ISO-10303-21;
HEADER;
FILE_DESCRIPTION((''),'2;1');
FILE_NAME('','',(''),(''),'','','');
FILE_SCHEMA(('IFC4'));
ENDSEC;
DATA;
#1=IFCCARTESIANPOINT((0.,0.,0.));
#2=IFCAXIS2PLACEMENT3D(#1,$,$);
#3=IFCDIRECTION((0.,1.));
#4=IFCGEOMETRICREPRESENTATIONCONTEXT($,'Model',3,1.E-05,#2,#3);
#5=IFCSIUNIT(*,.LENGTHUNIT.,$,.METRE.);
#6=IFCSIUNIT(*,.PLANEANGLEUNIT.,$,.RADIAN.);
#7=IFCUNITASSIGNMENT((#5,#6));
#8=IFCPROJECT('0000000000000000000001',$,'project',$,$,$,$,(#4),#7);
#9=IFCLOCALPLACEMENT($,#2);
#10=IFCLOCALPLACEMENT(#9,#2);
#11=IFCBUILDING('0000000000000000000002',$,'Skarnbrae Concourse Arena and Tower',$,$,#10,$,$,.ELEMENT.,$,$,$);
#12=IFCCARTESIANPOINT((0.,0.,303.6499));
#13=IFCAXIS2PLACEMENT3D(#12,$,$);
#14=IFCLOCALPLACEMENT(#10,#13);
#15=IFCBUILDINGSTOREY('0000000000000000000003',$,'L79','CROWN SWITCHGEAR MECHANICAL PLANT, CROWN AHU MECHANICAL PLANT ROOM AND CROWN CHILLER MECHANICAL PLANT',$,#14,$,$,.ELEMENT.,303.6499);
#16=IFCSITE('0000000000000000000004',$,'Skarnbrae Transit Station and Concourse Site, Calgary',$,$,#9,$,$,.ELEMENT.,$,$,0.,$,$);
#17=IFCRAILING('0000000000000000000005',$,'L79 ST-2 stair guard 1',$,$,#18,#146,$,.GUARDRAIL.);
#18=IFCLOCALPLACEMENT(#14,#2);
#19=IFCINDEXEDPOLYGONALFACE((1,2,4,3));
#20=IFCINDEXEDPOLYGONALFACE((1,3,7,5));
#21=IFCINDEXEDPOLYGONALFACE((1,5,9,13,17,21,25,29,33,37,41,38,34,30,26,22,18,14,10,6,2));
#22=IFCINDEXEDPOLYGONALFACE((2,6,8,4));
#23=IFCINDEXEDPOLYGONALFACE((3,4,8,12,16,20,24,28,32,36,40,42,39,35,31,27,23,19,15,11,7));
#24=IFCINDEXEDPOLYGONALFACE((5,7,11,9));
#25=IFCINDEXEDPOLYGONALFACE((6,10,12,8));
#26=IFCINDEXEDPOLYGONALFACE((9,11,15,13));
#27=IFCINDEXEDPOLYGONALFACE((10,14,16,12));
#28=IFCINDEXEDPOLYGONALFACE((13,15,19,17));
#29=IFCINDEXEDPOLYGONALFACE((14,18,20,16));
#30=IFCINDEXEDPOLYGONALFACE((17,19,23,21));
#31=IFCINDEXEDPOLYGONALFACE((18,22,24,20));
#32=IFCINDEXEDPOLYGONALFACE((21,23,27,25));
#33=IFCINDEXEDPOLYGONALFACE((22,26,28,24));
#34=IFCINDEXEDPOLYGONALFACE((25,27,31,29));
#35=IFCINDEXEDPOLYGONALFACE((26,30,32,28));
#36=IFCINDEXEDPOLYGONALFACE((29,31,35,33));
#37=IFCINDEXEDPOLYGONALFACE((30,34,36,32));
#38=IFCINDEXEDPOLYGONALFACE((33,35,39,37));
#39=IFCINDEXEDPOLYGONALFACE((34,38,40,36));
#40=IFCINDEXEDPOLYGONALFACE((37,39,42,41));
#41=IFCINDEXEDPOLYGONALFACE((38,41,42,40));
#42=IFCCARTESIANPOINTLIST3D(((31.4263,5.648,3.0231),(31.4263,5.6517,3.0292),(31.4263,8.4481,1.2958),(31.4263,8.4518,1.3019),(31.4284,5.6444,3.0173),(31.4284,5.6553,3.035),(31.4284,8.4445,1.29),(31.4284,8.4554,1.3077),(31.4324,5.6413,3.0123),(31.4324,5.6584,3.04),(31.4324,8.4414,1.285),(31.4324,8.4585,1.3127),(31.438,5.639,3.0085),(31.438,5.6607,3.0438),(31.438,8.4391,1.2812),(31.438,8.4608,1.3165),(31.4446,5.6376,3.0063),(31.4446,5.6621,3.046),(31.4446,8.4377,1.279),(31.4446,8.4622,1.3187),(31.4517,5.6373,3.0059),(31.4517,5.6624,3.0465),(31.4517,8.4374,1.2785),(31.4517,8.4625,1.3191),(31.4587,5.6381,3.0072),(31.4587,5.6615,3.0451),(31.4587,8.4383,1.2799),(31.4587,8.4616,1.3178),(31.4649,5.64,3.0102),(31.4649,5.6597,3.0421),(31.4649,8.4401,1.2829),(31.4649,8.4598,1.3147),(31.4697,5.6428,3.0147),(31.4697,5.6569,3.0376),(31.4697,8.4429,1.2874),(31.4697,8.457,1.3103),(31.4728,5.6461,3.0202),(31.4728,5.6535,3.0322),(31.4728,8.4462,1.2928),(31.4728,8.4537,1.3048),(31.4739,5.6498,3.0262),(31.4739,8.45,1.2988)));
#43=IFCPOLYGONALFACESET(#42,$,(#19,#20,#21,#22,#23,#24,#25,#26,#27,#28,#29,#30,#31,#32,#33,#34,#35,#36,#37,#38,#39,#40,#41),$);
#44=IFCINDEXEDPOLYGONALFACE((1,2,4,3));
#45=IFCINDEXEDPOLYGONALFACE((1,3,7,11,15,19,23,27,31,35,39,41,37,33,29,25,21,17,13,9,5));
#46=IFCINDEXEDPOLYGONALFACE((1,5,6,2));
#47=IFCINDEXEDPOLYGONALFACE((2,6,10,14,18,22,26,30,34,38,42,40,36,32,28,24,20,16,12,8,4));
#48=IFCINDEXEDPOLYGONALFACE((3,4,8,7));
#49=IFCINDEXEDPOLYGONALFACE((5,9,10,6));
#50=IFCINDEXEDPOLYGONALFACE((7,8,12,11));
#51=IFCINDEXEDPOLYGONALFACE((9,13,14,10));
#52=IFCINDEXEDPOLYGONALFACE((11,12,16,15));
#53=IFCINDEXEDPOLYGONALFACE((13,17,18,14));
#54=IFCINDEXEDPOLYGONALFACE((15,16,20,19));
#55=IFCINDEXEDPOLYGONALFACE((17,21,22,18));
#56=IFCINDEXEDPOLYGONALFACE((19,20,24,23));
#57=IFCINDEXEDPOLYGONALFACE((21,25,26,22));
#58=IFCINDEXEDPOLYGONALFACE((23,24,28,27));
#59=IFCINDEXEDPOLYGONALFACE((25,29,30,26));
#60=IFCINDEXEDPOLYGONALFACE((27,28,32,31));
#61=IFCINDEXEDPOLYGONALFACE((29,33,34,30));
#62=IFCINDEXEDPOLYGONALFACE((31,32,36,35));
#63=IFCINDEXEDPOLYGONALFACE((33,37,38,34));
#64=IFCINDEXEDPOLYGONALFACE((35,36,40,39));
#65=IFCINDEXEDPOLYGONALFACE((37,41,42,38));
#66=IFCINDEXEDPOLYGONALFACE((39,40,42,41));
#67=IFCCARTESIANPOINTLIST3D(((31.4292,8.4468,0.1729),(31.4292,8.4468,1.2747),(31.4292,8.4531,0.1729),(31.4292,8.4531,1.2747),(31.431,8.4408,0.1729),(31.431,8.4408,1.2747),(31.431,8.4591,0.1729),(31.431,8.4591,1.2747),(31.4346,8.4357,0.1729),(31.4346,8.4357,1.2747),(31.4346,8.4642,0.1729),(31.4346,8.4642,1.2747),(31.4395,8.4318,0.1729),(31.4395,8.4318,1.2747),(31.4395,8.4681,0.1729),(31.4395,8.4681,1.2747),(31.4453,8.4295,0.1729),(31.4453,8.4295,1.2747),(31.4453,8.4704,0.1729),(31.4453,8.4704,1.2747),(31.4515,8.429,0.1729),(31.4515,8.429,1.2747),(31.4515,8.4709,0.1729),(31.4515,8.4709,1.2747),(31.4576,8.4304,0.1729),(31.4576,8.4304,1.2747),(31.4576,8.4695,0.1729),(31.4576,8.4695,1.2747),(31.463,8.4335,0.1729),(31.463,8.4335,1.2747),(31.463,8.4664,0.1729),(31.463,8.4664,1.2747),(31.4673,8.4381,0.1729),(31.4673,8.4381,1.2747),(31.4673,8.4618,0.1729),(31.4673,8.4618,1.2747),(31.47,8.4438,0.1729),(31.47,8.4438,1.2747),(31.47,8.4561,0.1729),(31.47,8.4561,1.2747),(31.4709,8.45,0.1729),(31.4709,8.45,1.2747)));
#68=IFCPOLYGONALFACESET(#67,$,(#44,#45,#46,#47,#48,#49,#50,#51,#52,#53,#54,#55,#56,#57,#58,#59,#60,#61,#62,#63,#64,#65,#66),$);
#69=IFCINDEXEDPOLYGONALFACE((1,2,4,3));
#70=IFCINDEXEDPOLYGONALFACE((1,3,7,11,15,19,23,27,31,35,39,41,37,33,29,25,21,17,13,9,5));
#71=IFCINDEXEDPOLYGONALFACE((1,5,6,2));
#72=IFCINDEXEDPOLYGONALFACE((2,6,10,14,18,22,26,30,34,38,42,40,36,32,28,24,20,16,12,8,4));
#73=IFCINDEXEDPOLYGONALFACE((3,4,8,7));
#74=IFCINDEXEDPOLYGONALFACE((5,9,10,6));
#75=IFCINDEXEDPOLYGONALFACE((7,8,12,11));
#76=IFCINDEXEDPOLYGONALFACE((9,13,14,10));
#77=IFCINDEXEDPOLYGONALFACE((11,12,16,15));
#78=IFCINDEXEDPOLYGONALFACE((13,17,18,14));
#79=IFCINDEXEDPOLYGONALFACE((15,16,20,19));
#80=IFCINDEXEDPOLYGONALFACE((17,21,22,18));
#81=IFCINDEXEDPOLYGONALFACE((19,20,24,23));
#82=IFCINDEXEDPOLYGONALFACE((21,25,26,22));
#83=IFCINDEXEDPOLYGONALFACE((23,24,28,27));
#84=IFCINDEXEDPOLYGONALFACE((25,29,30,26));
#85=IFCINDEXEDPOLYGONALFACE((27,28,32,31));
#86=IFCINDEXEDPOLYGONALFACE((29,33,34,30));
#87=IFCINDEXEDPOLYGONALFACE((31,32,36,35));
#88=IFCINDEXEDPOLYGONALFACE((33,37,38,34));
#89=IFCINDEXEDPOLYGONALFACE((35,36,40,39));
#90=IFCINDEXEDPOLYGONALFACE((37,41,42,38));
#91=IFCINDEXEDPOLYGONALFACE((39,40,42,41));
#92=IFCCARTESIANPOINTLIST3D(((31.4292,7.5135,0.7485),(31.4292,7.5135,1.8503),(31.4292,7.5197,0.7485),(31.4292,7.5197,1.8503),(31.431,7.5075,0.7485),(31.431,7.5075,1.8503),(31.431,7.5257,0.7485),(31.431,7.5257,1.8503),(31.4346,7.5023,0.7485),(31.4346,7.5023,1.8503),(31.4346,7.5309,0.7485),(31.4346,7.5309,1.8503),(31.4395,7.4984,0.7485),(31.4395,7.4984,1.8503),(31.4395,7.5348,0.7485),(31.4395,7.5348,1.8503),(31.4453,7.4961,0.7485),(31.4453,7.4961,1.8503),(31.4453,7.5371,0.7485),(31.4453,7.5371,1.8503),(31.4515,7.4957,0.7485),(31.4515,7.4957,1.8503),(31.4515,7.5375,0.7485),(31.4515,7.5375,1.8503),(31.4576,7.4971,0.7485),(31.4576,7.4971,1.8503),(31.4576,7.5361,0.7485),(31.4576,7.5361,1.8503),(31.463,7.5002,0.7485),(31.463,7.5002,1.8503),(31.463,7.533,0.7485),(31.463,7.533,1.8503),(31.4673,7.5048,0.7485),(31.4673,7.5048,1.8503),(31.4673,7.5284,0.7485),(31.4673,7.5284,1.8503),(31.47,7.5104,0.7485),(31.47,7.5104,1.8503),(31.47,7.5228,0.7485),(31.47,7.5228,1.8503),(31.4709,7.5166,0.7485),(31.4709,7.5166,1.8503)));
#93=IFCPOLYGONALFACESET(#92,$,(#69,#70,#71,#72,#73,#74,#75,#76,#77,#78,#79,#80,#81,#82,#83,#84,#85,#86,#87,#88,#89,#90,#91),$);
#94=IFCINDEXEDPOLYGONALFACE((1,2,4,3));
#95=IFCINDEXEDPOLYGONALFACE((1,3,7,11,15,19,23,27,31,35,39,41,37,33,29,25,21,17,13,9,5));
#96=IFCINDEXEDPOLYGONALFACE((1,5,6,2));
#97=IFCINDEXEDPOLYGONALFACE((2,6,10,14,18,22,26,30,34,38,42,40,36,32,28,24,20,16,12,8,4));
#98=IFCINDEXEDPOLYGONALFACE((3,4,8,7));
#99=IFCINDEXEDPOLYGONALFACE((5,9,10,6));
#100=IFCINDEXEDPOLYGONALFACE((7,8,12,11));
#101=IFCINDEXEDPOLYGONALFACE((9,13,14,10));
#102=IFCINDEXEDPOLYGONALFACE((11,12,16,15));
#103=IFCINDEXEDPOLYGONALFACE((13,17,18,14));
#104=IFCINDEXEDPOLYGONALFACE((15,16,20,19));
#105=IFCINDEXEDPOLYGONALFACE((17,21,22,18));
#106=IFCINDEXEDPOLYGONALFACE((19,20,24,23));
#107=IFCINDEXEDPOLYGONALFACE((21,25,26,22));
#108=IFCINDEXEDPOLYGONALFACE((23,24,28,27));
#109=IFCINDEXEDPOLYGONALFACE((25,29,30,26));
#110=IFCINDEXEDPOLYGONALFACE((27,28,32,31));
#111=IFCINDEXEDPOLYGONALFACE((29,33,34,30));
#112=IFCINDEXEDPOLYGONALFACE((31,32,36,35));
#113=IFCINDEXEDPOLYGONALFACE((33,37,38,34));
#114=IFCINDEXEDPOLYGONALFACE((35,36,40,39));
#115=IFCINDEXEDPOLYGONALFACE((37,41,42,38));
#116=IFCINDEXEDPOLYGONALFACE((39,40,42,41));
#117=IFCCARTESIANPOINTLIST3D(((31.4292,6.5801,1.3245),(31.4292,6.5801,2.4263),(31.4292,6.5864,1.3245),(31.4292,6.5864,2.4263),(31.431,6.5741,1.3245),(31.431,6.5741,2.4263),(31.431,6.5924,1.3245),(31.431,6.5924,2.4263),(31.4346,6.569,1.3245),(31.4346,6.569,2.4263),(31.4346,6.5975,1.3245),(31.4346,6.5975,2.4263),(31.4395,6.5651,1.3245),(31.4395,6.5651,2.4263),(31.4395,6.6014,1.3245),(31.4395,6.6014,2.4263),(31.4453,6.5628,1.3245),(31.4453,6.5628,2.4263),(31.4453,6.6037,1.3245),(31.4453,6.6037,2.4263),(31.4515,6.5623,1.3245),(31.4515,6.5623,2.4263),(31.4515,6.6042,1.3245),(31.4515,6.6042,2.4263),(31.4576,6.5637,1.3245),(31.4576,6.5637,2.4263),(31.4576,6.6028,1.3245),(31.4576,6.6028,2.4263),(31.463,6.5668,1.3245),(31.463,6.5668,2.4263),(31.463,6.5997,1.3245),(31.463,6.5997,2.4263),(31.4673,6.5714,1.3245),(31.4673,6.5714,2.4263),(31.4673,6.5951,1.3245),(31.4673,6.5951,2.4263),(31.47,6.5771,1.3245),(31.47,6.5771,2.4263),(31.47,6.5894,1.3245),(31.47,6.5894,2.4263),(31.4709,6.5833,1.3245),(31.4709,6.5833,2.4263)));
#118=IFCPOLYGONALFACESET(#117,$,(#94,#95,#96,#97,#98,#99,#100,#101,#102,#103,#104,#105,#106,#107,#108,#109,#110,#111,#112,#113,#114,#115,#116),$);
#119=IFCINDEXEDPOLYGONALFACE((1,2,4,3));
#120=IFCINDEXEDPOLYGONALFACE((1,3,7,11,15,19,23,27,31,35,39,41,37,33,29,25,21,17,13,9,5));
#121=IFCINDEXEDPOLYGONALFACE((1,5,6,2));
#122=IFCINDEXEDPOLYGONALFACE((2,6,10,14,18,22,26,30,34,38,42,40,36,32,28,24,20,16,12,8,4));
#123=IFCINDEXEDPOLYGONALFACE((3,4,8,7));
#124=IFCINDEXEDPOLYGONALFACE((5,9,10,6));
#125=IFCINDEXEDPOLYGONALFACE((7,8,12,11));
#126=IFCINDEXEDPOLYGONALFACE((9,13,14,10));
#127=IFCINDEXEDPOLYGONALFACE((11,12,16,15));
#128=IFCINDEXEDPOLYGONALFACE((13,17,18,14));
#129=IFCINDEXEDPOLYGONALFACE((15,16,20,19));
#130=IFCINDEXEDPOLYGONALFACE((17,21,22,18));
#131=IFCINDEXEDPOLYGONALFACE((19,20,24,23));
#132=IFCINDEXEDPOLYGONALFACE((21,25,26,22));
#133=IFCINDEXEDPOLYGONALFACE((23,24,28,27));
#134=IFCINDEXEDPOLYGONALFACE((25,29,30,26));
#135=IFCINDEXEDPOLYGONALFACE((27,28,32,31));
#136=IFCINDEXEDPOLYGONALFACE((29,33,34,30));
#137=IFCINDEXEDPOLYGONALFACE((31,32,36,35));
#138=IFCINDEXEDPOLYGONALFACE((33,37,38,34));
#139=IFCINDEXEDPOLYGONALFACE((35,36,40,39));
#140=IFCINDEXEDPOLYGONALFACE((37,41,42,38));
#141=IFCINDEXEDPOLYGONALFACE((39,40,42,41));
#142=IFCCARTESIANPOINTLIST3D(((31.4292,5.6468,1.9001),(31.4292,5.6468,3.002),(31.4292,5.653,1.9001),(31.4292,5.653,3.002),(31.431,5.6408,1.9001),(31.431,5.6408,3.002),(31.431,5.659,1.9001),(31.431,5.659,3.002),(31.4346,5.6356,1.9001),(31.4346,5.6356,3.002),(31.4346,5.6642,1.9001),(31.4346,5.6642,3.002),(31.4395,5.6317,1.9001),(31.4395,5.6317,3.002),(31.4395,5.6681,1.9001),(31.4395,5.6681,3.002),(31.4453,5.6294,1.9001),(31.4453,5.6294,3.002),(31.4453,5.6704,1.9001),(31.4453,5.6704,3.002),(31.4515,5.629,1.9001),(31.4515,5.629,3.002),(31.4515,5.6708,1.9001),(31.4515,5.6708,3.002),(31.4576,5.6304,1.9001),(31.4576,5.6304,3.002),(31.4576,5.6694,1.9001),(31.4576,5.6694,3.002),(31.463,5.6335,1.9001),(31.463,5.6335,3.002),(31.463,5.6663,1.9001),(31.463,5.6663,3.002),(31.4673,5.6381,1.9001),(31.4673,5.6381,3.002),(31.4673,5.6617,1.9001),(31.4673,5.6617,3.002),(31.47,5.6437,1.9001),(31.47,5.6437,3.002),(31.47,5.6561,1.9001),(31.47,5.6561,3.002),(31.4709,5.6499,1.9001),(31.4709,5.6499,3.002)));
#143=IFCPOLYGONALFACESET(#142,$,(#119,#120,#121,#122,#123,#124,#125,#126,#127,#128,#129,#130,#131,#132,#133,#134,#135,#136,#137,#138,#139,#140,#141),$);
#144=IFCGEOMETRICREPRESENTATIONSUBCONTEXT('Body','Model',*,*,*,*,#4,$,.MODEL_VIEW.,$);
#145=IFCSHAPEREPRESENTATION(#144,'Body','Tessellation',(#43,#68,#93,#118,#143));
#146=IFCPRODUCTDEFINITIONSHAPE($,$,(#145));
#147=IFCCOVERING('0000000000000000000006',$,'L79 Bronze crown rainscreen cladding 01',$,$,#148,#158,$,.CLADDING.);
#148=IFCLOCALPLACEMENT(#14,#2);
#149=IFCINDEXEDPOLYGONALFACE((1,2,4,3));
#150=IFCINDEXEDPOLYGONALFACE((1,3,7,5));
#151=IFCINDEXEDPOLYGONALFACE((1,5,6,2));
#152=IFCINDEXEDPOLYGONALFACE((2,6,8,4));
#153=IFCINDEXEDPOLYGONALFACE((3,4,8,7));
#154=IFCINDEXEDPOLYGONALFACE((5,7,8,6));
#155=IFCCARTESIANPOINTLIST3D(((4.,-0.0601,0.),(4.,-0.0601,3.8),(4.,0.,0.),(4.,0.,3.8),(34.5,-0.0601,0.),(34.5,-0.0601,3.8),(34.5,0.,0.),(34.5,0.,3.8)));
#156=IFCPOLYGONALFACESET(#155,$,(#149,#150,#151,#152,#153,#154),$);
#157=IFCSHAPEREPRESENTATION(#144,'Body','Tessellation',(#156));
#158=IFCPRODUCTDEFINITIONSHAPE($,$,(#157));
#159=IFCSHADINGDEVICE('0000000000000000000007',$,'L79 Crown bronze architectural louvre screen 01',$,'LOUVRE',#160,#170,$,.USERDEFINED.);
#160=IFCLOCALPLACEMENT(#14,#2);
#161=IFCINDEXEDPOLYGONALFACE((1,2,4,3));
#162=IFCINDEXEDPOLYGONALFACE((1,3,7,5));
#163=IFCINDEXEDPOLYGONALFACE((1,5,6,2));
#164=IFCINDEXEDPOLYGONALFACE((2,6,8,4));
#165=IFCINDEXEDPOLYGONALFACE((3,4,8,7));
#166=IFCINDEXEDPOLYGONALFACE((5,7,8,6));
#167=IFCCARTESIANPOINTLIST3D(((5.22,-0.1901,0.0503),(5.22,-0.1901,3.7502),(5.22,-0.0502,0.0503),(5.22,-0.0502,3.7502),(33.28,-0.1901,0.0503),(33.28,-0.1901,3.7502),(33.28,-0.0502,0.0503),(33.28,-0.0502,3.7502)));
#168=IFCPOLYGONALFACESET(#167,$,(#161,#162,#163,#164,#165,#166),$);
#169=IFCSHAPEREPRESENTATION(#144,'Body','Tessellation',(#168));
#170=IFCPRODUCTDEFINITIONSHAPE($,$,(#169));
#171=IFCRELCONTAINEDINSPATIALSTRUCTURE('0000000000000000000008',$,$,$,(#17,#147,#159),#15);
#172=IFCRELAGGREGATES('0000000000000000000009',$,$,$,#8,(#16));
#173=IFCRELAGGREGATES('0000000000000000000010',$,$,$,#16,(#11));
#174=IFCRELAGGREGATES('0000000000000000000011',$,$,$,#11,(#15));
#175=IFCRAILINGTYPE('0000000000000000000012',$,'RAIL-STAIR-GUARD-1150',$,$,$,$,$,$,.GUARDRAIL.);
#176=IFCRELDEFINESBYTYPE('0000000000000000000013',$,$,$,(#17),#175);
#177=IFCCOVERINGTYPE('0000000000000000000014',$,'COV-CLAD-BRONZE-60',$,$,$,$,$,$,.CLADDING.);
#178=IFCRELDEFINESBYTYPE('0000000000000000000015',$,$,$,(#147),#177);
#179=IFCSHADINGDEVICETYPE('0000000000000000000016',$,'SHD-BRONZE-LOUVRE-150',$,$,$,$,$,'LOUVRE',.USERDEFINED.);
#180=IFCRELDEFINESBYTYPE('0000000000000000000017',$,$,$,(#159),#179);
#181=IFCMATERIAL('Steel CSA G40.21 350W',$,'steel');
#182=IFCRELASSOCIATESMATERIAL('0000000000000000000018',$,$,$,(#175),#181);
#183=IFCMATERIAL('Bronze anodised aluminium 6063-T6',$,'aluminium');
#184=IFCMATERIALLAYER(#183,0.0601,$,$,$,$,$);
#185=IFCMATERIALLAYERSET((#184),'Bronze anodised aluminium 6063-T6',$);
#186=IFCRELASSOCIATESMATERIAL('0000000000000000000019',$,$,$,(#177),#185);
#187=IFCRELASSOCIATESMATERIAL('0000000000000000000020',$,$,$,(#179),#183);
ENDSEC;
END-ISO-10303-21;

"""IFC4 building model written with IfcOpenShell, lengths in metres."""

from ifc_helpers import new_model, si_unit, direction, frame, origin, origin_2d, place, context, subcontext, project, spatial, rectangle, circle, extrude, source, transform, mapped, material, layer, layer_set, type_object, element, save


model = new_model("IFC4")

# Units and contexts
model_context = context("Model", 3, precision=1e-05, world=origin(), true_north=direction((0.0, 1.0)))
body_context = subcontext(model_context, "Body", "Model", "MODEL_VIEW")
ifc_project = project(units=[si_unit("LENGTHUNIT", "METRE"), si_unit("PLANEANGLEUNIT", "RADIAN")], contexts=[model_context])

# Site, building, storey
site_placement = place(None, origin())
site = spatial("IfcSite", under=ifc_project, at=site_placement, Name="Skarnbrae Transit Station and Concourse Site, Calgary", CompositionType="ELEMENT", RefElevation=0.0)
building_placement = place(site_placement, origin())
building = spatial("IfcBuilding", under=site, at=building_placement, Name="Skarnbrae Concourse Arena and Tower", CompositionType="ELEMENT")
storey_placement = place(building_placement, frame((0.0, 0.0, 303.6499)))
storey = spatial("IfcBuildingStorey", under=building, at=storey_placement, Name="L79", Description="CROWN SWITCHGEAR MECHANICAL PLANT, CROWN AHU MECHANICAL PLANT ROOM AND CROWN CHILLER MECHANICAL PLANT", CompositionType="ELEMENT", Elevation=303.6499)

# Shared definitions
ifc_material_1 = material(Name="Steel CSA G40.21 350W", Category="steel")

# Railing
railing_type_1 = type_object("IfcRailingType", Name="RAIL-STAIR-GUARD-1150", PredefinedType="GUARDRAIL", material=ifc_material_1)
railing_1_placement = place(storey_placement, frame((31.45, 8.45, 0.1729)))
element("IfcRailing", 1, at=railing_1_placement, inside=storey, type_object=railing_type_1, Name="L79 ST-2 stair guard 1", PredefinedType="GUARDRAIL", context=body_context, shape_type="SweptSolid", body=[
    extrude(circle(Radius=0.0239, at=origin_2d()), frame((0.0, 0.0, 1.126), z_axis=(0.0, -0.85109, 0.52502), x_axis=(1.0, 0.0, 0.0)), (0.0, 0.0, 1.0), 3.29),
    extrude(circle(Radius=0.021, at=origin_2d()), origin(), (0.0, 0.0, 1.0), 1.1018),
    extrude(circle(Radius=0.021, at=origin_2d()), frame((0.0, -0.9333, 0.5757)), (0.0, 0.0, 1.0), 1.1018),
    extrude(circle(Radius=0.021, at=origin_2d()), frame((0.0, -1.8667, 1.1516)), (0.0, 0.0, 1.0), 1.1018),
    extrude(circle(Radius=0.021, at=origin_2d()), frame((0.0, -2.8, 1.7273)), (0.0, 0.0, 1.0), 1.1018),
])

# Covering
ifc_material_2 = material(Name="Bronze anodised aluminium 6063-T6", Category="aluminium")
ifc_layer_1 = layer(ifc_material_2, 0.0601)
ifc_layer_set_1 = layer_set([ifc_layer_1], Name="Bronze anodised aluminium 6063-T6")
covering_type = type_object("IfcCoveringType", Name="COV-CLAD-BRONZE-60", PredefinedType="CLADDING", material=ifc_layer_set_1)
shared_shape_1 = source(origin(), body_context, "Body", "SweptSolid", [
    extrude(rectangle(XDim=30.5, YDim=0.0601, at=origin_2d()), origin(), (0.0, 0.0, 1.0), 3.8),
])
covering_placement = place(storey_placement, frame((19.25, -0.03, 0.0), z_axis=(0.0, 0.0, 1.0), x_axis=(1.0, 0.0, 0.0)))
element("IfcCovering", 2, at=covering_placement, inside=storey, type_object=covering_type, Name="L79 Bronze crown rainscreen cladding 01", PredefinedType="CLADDING", context=body_context, shape_type="MappedRepresentation", body=[
    mapped(shared_shape_1, transform((0.0, 0.0, 0.0))),
])

# Shading device
shading_device_type = type_object("IfcShadingDeviceType", Name="SHD-BRONZE-LOUVRE-150", ElementType="LOUVRE", PredefinedType="USERDEFINED", material=ifc_material_2)
shared_shape_2 = source(origin(), body_context, "Body", "SweptSolid", [
    extrude(rectangle(XDim=28.0601, YDim=0.1399, at=origin_2d()), origin(), (0.0, 0.0, 1.0), 3.7),
])
shading_device_placement = place(storey_placement, frame((19.25, -0.1201, 0.0503), z_axis=(0.0, 0.0, 1.0), x_axis=(1.0, 0.0, 0.0)))
element("IfcShadingDevice", 3, at=shading_device_placement, inside=storey, type_object=shading_device_type, Name="L79 Crown bronze architectural louvre screen 01", ObjectType="LOUVRE", PredefinedType="USERDEFINED", context=body_context, shape_type="MappedRepresentation", body=[
    mapped(shared_shape_2, transform((0.0, 0.0, 0.0))),
])

save(model, "model.ifc")
